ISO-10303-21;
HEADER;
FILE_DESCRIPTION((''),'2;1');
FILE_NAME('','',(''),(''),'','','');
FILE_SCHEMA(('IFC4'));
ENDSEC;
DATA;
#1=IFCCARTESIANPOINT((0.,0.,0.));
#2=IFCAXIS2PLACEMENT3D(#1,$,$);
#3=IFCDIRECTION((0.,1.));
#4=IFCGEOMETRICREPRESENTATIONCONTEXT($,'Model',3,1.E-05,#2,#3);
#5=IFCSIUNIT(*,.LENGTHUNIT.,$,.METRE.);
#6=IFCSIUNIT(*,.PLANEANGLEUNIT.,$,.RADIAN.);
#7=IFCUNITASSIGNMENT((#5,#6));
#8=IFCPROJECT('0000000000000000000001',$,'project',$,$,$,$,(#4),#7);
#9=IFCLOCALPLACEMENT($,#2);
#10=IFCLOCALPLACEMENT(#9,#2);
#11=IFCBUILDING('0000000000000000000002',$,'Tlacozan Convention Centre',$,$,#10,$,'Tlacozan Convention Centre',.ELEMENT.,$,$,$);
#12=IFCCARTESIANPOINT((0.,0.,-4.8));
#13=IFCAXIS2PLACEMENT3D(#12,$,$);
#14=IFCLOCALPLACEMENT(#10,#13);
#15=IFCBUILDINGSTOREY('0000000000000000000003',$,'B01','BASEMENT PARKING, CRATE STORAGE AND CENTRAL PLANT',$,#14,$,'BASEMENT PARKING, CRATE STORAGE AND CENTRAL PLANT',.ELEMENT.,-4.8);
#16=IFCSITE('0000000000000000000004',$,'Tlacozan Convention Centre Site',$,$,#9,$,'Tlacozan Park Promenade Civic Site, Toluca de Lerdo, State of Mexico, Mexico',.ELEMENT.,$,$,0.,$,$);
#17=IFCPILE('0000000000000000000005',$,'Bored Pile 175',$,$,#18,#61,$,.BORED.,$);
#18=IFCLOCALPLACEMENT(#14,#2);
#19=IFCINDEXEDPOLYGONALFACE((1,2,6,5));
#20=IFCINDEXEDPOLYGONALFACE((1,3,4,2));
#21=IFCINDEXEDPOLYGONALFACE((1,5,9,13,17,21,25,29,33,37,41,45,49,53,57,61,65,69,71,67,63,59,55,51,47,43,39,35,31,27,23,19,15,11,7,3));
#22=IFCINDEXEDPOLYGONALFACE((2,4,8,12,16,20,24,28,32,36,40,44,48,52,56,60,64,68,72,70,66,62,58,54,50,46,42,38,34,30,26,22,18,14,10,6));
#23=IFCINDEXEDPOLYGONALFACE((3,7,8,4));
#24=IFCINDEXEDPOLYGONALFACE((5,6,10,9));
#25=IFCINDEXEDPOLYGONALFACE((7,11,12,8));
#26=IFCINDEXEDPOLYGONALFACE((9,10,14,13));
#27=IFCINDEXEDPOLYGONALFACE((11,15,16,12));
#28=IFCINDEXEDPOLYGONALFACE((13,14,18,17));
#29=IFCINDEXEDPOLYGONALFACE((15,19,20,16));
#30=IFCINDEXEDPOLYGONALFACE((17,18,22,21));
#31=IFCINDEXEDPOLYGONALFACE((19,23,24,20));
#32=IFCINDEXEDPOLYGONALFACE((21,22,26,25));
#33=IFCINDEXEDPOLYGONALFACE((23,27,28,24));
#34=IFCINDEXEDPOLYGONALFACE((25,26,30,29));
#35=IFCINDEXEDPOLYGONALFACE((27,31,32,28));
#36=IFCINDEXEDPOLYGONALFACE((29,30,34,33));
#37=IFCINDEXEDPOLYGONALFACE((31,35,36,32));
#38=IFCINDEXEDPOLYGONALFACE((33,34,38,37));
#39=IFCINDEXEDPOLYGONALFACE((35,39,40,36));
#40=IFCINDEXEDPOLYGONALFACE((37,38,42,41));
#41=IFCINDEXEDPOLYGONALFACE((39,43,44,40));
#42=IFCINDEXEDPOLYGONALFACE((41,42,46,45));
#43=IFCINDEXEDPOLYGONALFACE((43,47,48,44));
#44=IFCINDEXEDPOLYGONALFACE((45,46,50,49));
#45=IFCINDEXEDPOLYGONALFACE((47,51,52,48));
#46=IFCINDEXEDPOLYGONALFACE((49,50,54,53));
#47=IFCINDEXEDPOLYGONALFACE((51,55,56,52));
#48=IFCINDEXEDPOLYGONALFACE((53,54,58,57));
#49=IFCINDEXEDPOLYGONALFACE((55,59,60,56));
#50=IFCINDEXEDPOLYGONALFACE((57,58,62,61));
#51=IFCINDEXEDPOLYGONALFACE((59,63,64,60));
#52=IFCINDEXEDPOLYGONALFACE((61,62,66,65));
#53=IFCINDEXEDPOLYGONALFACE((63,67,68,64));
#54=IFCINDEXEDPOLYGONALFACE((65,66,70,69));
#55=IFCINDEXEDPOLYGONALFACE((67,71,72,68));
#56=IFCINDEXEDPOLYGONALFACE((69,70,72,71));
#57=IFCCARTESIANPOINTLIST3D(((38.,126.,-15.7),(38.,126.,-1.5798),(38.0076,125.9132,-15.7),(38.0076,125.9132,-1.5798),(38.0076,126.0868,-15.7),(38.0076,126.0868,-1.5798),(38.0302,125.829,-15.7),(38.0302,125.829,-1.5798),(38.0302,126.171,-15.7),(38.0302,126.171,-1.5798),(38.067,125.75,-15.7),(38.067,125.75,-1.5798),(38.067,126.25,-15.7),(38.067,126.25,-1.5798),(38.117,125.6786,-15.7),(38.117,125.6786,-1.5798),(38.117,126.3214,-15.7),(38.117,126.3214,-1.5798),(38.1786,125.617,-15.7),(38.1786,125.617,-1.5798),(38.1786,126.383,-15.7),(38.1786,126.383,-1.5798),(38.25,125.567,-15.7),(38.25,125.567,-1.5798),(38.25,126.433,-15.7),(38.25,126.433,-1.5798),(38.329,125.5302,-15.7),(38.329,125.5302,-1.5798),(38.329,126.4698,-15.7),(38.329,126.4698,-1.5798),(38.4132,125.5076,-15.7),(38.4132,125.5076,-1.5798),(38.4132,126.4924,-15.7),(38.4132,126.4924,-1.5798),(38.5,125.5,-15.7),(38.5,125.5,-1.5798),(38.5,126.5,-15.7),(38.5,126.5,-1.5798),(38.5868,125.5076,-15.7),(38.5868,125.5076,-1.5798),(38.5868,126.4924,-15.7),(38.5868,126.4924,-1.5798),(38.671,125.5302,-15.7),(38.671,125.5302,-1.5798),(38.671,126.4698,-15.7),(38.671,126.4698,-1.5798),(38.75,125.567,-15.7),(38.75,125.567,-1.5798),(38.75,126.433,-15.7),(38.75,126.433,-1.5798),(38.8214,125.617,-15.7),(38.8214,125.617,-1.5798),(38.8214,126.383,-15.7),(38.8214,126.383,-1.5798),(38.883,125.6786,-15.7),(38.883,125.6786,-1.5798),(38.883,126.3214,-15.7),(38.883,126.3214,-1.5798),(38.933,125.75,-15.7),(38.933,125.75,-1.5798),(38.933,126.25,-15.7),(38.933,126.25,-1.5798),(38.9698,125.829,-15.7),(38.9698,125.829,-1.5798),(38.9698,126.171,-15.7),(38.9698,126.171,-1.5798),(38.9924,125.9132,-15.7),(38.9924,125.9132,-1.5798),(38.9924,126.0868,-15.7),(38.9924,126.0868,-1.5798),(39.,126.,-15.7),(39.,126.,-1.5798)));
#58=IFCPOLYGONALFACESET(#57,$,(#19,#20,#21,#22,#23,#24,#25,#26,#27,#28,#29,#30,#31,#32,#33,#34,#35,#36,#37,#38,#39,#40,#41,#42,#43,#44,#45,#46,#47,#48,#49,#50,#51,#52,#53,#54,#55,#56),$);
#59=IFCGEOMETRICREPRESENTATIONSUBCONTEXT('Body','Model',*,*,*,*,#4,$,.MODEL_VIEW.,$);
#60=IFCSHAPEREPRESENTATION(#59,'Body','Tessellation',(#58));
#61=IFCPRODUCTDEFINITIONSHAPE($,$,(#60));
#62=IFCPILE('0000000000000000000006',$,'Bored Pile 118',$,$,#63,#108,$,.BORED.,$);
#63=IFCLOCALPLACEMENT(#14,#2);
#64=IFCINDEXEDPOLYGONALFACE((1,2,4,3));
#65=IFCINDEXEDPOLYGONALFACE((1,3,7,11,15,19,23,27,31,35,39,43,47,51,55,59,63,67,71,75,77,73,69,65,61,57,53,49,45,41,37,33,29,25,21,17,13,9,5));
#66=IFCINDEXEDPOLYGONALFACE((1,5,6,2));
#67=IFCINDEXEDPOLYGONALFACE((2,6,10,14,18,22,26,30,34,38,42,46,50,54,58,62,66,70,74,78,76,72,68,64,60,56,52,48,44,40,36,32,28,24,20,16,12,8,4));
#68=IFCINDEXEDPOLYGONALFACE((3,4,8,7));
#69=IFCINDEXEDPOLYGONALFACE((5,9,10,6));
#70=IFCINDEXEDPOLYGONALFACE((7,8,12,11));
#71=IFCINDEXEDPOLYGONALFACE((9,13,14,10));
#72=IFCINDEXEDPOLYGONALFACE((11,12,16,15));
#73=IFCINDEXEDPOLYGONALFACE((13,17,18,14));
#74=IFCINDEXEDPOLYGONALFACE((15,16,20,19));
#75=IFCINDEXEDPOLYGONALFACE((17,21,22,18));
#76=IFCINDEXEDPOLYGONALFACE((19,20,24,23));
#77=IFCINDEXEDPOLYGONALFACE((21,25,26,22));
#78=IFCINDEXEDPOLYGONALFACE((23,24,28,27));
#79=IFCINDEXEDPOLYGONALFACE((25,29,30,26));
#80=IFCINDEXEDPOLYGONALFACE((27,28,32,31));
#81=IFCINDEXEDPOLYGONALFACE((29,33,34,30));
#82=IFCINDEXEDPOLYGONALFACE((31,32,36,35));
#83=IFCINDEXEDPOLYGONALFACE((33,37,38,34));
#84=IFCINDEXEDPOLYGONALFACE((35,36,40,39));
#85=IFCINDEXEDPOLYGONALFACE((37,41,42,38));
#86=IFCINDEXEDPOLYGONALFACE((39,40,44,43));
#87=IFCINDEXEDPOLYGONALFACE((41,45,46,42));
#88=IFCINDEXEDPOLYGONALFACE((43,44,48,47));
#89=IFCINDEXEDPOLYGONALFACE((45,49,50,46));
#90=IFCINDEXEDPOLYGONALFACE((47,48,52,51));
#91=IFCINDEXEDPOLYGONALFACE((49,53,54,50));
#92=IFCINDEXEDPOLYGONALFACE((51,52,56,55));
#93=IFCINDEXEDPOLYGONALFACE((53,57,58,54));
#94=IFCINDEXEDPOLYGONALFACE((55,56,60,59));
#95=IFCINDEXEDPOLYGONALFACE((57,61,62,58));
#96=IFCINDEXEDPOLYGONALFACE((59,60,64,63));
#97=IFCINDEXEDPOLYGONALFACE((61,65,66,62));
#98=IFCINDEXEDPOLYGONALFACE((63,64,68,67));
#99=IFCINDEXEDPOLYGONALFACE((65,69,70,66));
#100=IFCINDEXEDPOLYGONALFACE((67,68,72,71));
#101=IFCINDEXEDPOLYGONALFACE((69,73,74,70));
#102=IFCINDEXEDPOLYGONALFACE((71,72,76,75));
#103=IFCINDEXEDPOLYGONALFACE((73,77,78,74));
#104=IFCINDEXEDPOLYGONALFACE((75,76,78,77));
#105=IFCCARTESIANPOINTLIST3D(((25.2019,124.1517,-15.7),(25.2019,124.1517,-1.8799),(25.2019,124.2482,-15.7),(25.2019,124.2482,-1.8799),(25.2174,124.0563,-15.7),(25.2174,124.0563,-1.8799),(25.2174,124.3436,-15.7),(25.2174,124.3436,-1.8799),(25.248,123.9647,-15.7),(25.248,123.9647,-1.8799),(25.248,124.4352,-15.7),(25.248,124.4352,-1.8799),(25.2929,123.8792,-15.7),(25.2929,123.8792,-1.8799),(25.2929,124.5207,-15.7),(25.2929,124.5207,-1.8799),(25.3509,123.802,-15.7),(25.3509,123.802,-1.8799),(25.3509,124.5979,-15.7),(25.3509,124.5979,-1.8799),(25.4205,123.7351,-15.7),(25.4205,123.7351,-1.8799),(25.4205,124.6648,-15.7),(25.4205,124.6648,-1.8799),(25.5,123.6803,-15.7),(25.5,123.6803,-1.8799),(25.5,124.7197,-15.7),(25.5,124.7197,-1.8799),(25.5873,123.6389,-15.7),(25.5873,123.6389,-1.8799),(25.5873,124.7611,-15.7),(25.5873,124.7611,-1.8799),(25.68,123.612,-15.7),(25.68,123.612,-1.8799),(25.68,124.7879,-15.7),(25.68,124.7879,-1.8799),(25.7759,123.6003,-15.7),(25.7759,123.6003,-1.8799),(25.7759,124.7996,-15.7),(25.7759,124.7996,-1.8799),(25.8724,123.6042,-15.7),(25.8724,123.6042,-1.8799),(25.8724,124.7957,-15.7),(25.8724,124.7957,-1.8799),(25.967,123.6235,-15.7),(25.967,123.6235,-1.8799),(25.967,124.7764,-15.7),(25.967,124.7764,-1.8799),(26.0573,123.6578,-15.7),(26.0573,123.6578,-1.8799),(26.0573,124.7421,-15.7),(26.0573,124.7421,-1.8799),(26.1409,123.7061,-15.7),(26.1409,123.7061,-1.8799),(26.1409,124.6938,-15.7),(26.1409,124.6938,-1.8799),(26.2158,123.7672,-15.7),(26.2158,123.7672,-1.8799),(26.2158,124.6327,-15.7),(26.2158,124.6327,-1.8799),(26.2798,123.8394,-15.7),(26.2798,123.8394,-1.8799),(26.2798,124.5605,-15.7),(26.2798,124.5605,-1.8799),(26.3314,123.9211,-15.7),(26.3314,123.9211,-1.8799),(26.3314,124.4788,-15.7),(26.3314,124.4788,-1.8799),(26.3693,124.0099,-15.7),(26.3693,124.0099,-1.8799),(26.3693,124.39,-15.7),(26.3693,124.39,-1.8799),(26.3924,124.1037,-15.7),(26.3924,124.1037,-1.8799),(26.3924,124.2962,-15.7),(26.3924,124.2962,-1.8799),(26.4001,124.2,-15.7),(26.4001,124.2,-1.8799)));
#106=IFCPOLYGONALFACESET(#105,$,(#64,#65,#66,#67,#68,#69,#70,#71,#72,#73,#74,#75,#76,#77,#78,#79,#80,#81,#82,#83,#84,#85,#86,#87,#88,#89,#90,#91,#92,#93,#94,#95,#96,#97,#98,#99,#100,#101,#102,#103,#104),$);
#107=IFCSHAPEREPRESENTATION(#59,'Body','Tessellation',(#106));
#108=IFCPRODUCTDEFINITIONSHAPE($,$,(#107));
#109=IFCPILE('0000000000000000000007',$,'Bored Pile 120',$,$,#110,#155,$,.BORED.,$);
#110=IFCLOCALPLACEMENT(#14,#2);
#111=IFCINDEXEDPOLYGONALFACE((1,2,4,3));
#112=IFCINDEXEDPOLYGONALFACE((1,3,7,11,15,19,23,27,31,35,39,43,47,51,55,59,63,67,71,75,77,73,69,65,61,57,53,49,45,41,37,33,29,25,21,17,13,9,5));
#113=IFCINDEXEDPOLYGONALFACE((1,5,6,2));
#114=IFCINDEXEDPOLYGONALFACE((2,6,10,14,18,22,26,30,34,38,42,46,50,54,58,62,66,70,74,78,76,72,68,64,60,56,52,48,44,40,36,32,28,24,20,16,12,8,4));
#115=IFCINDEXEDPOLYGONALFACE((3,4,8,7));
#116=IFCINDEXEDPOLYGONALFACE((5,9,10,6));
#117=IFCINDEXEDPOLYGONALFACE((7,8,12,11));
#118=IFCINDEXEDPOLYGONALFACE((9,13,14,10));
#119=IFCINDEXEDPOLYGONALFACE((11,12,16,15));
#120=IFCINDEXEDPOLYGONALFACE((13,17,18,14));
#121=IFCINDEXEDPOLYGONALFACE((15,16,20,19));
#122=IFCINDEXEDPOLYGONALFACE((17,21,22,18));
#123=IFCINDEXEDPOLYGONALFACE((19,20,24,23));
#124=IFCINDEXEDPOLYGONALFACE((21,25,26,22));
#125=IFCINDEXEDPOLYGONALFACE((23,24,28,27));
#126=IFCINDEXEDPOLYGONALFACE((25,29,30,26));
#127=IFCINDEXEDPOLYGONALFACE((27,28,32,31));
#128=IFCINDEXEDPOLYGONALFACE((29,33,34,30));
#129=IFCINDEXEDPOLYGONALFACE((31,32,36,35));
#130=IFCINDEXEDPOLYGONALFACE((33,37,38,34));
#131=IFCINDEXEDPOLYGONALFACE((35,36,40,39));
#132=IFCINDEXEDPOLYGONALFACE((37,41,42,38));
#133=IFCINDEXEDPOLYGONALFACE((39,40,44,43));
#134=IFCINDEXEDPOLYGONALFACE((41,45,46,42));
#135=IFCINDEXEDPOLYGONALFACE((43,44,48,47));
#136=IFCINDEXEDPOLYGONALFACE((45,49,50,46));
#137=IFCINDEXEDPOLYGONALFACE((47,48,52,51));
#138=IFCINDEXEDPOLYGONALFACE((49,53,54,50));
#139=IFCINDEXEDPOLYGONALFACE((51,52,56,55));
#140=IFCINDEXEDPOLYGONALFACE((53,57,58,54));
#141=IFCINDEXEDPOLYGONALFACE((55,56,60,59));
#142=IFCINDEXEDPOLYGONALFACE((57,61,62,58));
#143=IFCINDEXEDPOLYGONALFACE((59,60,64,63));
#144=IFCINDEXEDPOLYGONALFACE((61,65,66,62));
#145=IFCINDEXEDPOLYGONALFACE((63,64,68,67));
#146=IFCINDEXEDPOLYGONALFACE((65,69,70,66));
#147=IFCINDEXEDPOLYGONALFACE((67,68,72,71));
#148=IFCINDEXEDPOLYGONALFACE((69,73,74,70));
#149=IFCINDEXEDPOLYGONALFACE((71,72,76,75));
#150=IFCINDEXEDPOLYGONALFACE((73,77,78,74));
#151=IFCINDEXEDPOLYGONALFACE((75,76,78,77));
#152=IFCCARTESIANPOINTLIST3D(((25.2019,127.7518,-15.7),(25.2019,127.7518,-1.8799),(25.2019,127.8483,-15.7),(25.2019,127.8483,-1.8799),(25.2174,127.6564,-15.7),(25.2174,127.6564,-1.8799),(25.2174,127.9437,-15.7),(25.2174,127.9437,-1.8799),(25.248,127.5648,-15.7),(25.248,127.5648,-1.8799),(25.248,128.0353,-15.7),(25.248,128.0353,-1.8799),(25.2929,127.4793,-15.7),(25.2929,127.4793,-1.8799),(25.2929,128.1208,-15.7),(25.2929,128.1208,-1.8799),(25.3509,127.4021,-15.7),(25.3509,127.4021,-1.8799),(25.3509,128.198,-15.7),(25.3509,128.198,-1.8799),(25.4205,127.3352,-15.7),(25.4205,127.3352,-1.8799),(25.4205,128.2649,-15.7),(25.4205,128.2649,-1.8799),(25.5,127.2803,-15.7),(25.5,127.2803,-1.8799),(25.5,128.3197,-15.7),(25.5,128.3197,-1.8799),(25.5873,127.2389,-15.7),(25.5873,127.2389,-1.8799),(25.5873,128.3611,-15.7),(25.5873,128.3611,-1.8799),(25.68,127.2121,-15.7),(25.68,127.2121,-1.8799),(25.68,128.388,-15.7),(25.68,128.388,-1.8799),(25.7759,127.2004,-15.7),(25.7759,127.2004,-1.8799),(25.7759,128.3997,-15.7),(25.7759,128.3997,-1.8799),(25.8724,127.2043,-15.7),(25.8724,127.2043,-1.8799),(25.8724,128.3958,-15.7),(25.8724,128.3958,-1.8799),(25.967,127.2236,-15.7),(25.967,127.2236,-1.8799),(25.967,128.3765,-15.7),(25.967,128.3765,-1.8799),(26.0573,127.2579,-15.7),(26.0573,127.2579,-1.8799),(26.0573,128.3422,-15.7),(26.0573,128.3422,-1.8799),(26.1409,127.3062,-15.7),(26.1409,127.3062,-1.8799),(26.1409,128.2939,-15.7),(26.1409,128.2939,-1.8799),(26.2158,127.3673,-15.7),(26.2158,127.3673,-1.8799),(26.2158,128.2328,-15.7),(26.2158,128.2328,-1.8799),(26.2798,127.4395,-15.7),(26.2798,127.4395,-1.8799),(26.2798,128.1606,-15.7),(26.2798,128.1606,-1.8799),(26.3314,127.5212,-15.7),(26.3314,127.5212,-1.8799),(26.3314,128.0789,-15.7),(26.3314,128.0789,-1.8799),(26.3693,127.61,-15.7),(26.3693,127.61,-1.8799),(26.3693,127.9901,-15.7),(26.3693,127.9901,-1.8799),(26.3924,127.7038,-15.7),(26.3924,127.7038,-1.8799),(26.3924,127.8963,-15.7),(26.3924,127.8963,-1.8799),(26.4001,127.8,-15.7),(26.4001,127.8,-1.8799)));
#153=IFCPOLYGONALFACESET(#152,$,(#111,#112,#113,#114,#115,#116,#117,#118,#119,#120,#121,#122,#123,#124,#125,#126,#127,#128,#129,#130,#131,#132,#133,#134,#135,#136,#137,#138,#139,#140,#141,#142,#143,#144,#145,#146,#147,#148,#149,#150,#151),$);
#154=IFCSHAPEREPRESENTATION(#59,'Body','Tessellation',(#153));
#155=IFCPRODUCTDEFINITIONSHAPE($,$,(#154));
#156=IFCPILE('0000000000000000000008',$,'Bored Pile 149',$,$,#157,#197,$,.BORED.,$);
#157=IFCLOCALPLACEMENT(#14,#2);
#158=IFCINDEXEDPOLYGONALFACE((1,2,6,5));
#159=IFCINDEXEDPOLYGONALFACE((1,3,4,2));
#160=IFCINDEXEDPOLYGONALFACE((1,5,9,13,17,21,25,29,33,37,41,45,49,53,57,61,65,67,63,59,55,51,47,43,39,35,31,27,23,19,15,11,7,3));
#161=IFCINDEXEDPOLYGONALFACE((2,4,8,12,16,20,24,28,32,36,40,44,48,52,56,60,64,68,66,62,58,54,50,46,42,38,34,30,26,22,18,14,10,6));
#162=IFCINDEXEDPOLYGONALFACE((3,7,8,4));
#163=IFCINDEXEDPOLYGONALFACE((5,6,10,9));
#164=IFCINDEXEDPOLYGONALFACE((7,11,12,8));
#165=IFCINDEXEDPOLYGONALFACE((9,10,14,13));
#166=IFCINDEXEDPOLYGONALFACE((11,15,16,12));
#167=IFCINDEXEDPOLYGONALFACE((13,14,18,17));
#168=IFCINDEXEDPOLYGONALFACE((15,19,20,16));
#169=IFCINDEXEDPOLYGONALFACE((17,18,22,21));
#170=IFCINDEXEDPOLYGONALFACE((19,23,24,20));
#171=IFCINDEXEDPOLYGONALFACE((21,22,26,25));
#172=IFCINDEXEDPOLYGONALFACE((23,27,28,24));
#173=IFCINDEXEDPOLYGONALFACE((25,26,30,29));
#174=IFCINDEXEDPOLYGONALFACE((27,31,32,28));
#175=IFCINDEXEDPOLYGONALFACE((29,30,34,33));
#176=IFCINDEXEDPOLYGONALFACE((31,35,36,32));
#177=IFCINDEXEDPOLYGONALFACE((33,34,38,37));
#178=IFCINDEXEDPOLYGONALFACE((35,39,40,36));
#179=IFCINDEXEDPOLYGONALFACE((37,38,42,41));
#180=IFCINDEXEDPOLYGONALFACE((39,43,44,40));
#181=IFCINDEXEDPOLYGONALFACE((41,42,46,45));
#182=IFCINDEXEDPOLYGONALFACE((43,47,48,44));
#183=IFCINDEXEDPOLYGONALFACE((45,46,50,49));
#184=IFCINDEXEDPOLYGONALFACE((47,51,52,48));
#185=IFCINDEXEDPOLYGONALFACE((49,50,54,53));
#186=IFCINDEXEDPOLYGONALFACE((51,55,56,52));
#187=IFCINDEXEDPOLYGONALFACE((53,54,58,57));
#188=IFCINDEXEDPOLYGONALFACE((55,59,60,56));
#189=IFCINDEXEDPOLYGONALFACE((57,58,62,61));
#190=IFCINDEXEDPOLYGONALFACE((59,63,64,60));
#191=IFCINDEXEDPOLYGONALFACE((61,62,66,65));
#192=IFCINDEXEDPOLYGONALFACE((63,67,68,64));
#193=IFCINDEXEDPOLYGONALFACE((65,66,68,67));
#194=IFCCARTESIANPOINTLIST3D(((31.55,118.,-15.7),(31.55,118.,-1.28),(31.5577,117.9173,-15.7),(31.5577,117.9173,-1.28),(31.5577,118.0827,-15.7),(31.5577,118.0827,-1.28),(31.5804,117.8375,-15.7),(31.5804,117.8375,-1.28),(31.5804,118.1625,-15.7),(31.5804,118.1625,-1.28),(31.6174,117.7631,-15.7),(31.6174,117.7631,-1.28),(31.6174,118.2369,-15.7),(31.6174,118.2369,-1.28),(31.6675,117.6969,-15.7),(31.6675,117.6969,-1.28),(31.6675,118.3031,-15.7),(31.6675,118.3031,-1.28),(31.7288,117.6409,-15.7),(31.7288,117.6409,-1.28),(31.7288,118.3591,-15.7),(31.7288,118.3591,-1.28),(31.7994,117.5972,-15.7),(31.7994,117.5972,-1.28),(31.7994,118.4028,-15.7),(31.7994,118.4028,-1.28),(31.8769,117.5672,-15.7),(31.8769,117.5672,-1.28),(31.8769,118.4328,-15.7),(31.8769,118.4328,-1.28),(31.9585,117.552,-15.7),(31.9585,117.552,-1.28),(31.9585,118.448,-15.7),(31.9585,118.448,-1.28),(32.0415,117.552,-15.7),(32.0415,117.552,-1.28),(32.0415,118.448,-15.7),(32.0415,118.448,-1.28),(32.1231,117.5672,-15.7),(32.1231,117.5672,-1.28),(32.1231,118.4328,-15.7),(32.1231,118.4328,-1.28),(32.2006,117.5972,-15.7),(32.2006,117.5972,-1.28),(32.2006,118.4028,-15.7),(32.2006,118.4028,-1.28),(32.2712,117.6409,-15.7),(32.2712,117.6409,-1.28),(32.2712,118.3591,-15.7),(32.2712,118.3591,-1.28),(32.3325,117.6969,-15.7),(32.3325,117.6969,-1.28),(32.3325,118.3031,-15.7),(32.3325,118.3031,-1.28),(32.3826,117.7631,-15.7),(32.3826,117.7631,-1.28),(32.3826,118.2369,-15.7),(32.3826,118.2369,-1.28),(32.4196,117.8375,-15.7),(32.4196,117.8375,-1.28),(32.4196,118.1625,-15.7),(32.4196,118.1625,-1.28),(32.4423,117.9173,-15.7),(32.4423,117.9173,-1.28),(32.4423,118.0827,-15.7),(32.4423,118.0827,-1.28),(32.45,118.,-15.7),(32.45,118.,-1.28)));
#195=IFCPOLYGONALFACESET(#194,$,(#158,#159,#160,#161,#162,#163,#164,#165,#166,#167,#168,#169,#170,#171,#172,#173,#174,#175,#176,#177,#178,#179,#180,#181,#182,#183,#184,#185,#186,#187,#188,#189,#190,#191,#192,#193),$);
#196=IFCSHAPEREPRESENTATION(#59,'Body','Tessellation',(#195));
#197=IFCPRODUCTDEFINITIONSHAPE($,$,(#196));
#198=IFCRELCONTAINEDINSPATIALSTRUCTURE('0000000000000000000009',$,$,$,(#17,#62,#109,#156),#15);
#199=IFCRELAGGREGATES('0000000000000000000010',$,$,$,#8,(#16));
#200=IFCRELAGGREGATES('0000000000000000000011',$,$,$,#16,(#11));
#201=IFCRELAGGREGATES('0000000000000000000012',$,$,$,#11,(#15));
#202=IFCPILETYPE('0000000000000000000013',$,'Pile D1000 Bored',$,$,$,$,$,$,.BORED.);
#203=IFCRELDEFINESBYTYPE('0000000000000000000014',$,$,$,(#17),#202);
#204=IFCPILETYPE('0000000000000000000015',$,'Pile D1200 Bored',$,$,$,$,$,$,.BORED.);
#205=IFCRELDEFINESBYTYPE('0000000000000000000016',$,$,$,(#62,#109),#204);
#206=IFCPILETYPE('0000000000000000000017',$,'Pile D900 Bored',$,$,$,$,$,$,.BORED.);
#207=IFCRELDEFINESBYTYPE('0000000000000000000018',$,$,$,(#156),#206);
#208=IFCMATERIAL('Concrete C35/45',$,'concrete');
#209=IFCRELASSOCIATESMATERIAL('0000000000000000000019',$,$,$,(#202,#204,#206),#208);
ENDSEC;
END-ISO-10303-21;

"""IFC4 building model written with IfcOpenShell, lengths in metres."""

from ifc_helpers import new_model, si_unit, direction, frame, origin, origin_2d, place, context, subcontext, project, spatial, circle, extrude, material, material_profile, profile_set, type_object, element, save


model = new_model("IFC4")

# Units and contexts
model_context = context("Model", 3, precision=1e-05, world=origin(), true_north=direction((0.0, 1.0)))
body_context = subcontext(model_context, "Body", "Model", "MODEL_VIEW")
ifc_project = project(units=[si_unit("LENGTHUNIT", "METRE"), si_unit("PLANEANGLEUNIT", "RADIAN")], contexts=[model_context])

# Site, building, storey
site_placement = place(None, origin())
site = spatial("IfcSite", under=ifc_project, at=site_placement, Name="Tlacozan Convention Centre Site", LongName="Tlacozan Park Promenade Civic Site, Toluca de Lerdo, State of Mexico, Mexico", CompositionType="ELEMENT", RefElevation=0.0)
building_placement = place(site_placement, origin())
building = spatial("IfcBuilding", under=site, at=building_placement, Name="Tlacozan Convention Centre", LongName="Tlacozan Convention Centre", CompositionType="ELEMENT")
storey_placement = place(building_placement, frame((0.0, 0.0, -4.8)))
storey = spatial("IfcBuildingStorey", under=building, at=storey_placement, Name="B01", Description="BASEMENT PARKING, CRATE STORAGE AND CENTRAL PLANT", LongName="BASEMENT PARKING, CRATE STORAGE AND CENTRAL PLANT", CompositionType="ELEMENT", Elevation=-4.8)

# Shared definitions
ifc_material_1 = material(Name="Concrete C35/45", Category="concrete")

# Piles
ifc_material_profile_1 = material_profile(ifc_material_1, circle(Radius=0.5, at=origin_2d()), Name="PILE D1000")
ifc_profile_set_1 = profile_set([ifc_material_profile_1], Name="Concrete C35/45")
pile_type_1 = type_object("IfcPileType", Name="Pile D1000 Bored", PredefinedType="BORED", material=ifc_profile_set_1)
pile_1_placement = place(storey_placement, frame((38.5, 126.0, -1.5798), z_axis=(0.0, 0.0, -1.0), x_axis=(1.0, 0.0, 0.0)))
element("IfcPile", 1, at=pile_1_placement, inside=storey, type_object=pile_type_1, Name="Bored Pile 175", PredefinedType="BORED", context=body_context, shape_type="SweptSolid", body=[
    extrude(circle(Radius=0.5, at=origin_2d()), origin(), (0.0, 0.0, 1.0), 14.1201),
])
ifc_material_profile_2 = material_profile(ifc_material_1, circle(Radius=0.6001, at=origin_2d()), Name="PILE D1200")
ifc_profile_set_2 = profile_set([ifc_material_profile_2], Name="Concrete C35/45")
pile_type_2 = type_object("IfcPileType", Name="Pile D1200 Bored", PredefinedType="BORED", material=ifc_profile_set_2)
for number, where, z_axis, x_axis, name in (
    (2, (25.8, 124.2, -1.8799), (0.0, 0.0, -1.0), (1.0, 0.0, 0.0), "Bored Pile 118"),
    (3, (25.8, 127.8, -1.8799), (0.0, 0.0, -1.0), (1.0, 0.0, 0.0), "Bored Pile 120"),
):
    element("IfcPile", number, at=place(storey_placement, frame(where, z_axis=z_axis, x_axis=x_axis)), inside=storey, type_object=pile_type_2, Name=name, PredefinedType="BORED", context=body_context, shape_type="SweptSolid", body=[
        extrude(circle(Radius=0.6001, at=origin_2d()), origin(), (0.0, 0.0, 1.0), 13.8201),
    ])
ifc_material_profile_3 = material_profile(ifc_material_1, circle(Radius=0.45, at=origin_2d()), Name="PILE D900")
ifc_profile_set_3 = profile_set([ifc_material_profile_3], Name="Concrete C35/45")
pile_type_3 = type_object("IfcPileType", Name="Pile D900 Bored", PredefinedType="BORED", material=ifc_profile_set_3)
pile_2_placement = place(storey_placement, frame((32.0, 118.0, -1.28), z_axis=(0.0, 0.0, -1.0), x_axis=(1.0, 0.0, 0.0)))
element("IfcPile", 4, at=pile_2_placement, inside=storey, type_object=pile_type_3, Name="Bored Pile 149", PredefinedType="BORED", context=body_context, shape_type="SweptSolid", body=[
    extrude(circle(Radius=0.45, at=origin_2d()), origin(), (0.0, 0.0, 1.0), 14.4199),
])

save(model, "model.ifc")
